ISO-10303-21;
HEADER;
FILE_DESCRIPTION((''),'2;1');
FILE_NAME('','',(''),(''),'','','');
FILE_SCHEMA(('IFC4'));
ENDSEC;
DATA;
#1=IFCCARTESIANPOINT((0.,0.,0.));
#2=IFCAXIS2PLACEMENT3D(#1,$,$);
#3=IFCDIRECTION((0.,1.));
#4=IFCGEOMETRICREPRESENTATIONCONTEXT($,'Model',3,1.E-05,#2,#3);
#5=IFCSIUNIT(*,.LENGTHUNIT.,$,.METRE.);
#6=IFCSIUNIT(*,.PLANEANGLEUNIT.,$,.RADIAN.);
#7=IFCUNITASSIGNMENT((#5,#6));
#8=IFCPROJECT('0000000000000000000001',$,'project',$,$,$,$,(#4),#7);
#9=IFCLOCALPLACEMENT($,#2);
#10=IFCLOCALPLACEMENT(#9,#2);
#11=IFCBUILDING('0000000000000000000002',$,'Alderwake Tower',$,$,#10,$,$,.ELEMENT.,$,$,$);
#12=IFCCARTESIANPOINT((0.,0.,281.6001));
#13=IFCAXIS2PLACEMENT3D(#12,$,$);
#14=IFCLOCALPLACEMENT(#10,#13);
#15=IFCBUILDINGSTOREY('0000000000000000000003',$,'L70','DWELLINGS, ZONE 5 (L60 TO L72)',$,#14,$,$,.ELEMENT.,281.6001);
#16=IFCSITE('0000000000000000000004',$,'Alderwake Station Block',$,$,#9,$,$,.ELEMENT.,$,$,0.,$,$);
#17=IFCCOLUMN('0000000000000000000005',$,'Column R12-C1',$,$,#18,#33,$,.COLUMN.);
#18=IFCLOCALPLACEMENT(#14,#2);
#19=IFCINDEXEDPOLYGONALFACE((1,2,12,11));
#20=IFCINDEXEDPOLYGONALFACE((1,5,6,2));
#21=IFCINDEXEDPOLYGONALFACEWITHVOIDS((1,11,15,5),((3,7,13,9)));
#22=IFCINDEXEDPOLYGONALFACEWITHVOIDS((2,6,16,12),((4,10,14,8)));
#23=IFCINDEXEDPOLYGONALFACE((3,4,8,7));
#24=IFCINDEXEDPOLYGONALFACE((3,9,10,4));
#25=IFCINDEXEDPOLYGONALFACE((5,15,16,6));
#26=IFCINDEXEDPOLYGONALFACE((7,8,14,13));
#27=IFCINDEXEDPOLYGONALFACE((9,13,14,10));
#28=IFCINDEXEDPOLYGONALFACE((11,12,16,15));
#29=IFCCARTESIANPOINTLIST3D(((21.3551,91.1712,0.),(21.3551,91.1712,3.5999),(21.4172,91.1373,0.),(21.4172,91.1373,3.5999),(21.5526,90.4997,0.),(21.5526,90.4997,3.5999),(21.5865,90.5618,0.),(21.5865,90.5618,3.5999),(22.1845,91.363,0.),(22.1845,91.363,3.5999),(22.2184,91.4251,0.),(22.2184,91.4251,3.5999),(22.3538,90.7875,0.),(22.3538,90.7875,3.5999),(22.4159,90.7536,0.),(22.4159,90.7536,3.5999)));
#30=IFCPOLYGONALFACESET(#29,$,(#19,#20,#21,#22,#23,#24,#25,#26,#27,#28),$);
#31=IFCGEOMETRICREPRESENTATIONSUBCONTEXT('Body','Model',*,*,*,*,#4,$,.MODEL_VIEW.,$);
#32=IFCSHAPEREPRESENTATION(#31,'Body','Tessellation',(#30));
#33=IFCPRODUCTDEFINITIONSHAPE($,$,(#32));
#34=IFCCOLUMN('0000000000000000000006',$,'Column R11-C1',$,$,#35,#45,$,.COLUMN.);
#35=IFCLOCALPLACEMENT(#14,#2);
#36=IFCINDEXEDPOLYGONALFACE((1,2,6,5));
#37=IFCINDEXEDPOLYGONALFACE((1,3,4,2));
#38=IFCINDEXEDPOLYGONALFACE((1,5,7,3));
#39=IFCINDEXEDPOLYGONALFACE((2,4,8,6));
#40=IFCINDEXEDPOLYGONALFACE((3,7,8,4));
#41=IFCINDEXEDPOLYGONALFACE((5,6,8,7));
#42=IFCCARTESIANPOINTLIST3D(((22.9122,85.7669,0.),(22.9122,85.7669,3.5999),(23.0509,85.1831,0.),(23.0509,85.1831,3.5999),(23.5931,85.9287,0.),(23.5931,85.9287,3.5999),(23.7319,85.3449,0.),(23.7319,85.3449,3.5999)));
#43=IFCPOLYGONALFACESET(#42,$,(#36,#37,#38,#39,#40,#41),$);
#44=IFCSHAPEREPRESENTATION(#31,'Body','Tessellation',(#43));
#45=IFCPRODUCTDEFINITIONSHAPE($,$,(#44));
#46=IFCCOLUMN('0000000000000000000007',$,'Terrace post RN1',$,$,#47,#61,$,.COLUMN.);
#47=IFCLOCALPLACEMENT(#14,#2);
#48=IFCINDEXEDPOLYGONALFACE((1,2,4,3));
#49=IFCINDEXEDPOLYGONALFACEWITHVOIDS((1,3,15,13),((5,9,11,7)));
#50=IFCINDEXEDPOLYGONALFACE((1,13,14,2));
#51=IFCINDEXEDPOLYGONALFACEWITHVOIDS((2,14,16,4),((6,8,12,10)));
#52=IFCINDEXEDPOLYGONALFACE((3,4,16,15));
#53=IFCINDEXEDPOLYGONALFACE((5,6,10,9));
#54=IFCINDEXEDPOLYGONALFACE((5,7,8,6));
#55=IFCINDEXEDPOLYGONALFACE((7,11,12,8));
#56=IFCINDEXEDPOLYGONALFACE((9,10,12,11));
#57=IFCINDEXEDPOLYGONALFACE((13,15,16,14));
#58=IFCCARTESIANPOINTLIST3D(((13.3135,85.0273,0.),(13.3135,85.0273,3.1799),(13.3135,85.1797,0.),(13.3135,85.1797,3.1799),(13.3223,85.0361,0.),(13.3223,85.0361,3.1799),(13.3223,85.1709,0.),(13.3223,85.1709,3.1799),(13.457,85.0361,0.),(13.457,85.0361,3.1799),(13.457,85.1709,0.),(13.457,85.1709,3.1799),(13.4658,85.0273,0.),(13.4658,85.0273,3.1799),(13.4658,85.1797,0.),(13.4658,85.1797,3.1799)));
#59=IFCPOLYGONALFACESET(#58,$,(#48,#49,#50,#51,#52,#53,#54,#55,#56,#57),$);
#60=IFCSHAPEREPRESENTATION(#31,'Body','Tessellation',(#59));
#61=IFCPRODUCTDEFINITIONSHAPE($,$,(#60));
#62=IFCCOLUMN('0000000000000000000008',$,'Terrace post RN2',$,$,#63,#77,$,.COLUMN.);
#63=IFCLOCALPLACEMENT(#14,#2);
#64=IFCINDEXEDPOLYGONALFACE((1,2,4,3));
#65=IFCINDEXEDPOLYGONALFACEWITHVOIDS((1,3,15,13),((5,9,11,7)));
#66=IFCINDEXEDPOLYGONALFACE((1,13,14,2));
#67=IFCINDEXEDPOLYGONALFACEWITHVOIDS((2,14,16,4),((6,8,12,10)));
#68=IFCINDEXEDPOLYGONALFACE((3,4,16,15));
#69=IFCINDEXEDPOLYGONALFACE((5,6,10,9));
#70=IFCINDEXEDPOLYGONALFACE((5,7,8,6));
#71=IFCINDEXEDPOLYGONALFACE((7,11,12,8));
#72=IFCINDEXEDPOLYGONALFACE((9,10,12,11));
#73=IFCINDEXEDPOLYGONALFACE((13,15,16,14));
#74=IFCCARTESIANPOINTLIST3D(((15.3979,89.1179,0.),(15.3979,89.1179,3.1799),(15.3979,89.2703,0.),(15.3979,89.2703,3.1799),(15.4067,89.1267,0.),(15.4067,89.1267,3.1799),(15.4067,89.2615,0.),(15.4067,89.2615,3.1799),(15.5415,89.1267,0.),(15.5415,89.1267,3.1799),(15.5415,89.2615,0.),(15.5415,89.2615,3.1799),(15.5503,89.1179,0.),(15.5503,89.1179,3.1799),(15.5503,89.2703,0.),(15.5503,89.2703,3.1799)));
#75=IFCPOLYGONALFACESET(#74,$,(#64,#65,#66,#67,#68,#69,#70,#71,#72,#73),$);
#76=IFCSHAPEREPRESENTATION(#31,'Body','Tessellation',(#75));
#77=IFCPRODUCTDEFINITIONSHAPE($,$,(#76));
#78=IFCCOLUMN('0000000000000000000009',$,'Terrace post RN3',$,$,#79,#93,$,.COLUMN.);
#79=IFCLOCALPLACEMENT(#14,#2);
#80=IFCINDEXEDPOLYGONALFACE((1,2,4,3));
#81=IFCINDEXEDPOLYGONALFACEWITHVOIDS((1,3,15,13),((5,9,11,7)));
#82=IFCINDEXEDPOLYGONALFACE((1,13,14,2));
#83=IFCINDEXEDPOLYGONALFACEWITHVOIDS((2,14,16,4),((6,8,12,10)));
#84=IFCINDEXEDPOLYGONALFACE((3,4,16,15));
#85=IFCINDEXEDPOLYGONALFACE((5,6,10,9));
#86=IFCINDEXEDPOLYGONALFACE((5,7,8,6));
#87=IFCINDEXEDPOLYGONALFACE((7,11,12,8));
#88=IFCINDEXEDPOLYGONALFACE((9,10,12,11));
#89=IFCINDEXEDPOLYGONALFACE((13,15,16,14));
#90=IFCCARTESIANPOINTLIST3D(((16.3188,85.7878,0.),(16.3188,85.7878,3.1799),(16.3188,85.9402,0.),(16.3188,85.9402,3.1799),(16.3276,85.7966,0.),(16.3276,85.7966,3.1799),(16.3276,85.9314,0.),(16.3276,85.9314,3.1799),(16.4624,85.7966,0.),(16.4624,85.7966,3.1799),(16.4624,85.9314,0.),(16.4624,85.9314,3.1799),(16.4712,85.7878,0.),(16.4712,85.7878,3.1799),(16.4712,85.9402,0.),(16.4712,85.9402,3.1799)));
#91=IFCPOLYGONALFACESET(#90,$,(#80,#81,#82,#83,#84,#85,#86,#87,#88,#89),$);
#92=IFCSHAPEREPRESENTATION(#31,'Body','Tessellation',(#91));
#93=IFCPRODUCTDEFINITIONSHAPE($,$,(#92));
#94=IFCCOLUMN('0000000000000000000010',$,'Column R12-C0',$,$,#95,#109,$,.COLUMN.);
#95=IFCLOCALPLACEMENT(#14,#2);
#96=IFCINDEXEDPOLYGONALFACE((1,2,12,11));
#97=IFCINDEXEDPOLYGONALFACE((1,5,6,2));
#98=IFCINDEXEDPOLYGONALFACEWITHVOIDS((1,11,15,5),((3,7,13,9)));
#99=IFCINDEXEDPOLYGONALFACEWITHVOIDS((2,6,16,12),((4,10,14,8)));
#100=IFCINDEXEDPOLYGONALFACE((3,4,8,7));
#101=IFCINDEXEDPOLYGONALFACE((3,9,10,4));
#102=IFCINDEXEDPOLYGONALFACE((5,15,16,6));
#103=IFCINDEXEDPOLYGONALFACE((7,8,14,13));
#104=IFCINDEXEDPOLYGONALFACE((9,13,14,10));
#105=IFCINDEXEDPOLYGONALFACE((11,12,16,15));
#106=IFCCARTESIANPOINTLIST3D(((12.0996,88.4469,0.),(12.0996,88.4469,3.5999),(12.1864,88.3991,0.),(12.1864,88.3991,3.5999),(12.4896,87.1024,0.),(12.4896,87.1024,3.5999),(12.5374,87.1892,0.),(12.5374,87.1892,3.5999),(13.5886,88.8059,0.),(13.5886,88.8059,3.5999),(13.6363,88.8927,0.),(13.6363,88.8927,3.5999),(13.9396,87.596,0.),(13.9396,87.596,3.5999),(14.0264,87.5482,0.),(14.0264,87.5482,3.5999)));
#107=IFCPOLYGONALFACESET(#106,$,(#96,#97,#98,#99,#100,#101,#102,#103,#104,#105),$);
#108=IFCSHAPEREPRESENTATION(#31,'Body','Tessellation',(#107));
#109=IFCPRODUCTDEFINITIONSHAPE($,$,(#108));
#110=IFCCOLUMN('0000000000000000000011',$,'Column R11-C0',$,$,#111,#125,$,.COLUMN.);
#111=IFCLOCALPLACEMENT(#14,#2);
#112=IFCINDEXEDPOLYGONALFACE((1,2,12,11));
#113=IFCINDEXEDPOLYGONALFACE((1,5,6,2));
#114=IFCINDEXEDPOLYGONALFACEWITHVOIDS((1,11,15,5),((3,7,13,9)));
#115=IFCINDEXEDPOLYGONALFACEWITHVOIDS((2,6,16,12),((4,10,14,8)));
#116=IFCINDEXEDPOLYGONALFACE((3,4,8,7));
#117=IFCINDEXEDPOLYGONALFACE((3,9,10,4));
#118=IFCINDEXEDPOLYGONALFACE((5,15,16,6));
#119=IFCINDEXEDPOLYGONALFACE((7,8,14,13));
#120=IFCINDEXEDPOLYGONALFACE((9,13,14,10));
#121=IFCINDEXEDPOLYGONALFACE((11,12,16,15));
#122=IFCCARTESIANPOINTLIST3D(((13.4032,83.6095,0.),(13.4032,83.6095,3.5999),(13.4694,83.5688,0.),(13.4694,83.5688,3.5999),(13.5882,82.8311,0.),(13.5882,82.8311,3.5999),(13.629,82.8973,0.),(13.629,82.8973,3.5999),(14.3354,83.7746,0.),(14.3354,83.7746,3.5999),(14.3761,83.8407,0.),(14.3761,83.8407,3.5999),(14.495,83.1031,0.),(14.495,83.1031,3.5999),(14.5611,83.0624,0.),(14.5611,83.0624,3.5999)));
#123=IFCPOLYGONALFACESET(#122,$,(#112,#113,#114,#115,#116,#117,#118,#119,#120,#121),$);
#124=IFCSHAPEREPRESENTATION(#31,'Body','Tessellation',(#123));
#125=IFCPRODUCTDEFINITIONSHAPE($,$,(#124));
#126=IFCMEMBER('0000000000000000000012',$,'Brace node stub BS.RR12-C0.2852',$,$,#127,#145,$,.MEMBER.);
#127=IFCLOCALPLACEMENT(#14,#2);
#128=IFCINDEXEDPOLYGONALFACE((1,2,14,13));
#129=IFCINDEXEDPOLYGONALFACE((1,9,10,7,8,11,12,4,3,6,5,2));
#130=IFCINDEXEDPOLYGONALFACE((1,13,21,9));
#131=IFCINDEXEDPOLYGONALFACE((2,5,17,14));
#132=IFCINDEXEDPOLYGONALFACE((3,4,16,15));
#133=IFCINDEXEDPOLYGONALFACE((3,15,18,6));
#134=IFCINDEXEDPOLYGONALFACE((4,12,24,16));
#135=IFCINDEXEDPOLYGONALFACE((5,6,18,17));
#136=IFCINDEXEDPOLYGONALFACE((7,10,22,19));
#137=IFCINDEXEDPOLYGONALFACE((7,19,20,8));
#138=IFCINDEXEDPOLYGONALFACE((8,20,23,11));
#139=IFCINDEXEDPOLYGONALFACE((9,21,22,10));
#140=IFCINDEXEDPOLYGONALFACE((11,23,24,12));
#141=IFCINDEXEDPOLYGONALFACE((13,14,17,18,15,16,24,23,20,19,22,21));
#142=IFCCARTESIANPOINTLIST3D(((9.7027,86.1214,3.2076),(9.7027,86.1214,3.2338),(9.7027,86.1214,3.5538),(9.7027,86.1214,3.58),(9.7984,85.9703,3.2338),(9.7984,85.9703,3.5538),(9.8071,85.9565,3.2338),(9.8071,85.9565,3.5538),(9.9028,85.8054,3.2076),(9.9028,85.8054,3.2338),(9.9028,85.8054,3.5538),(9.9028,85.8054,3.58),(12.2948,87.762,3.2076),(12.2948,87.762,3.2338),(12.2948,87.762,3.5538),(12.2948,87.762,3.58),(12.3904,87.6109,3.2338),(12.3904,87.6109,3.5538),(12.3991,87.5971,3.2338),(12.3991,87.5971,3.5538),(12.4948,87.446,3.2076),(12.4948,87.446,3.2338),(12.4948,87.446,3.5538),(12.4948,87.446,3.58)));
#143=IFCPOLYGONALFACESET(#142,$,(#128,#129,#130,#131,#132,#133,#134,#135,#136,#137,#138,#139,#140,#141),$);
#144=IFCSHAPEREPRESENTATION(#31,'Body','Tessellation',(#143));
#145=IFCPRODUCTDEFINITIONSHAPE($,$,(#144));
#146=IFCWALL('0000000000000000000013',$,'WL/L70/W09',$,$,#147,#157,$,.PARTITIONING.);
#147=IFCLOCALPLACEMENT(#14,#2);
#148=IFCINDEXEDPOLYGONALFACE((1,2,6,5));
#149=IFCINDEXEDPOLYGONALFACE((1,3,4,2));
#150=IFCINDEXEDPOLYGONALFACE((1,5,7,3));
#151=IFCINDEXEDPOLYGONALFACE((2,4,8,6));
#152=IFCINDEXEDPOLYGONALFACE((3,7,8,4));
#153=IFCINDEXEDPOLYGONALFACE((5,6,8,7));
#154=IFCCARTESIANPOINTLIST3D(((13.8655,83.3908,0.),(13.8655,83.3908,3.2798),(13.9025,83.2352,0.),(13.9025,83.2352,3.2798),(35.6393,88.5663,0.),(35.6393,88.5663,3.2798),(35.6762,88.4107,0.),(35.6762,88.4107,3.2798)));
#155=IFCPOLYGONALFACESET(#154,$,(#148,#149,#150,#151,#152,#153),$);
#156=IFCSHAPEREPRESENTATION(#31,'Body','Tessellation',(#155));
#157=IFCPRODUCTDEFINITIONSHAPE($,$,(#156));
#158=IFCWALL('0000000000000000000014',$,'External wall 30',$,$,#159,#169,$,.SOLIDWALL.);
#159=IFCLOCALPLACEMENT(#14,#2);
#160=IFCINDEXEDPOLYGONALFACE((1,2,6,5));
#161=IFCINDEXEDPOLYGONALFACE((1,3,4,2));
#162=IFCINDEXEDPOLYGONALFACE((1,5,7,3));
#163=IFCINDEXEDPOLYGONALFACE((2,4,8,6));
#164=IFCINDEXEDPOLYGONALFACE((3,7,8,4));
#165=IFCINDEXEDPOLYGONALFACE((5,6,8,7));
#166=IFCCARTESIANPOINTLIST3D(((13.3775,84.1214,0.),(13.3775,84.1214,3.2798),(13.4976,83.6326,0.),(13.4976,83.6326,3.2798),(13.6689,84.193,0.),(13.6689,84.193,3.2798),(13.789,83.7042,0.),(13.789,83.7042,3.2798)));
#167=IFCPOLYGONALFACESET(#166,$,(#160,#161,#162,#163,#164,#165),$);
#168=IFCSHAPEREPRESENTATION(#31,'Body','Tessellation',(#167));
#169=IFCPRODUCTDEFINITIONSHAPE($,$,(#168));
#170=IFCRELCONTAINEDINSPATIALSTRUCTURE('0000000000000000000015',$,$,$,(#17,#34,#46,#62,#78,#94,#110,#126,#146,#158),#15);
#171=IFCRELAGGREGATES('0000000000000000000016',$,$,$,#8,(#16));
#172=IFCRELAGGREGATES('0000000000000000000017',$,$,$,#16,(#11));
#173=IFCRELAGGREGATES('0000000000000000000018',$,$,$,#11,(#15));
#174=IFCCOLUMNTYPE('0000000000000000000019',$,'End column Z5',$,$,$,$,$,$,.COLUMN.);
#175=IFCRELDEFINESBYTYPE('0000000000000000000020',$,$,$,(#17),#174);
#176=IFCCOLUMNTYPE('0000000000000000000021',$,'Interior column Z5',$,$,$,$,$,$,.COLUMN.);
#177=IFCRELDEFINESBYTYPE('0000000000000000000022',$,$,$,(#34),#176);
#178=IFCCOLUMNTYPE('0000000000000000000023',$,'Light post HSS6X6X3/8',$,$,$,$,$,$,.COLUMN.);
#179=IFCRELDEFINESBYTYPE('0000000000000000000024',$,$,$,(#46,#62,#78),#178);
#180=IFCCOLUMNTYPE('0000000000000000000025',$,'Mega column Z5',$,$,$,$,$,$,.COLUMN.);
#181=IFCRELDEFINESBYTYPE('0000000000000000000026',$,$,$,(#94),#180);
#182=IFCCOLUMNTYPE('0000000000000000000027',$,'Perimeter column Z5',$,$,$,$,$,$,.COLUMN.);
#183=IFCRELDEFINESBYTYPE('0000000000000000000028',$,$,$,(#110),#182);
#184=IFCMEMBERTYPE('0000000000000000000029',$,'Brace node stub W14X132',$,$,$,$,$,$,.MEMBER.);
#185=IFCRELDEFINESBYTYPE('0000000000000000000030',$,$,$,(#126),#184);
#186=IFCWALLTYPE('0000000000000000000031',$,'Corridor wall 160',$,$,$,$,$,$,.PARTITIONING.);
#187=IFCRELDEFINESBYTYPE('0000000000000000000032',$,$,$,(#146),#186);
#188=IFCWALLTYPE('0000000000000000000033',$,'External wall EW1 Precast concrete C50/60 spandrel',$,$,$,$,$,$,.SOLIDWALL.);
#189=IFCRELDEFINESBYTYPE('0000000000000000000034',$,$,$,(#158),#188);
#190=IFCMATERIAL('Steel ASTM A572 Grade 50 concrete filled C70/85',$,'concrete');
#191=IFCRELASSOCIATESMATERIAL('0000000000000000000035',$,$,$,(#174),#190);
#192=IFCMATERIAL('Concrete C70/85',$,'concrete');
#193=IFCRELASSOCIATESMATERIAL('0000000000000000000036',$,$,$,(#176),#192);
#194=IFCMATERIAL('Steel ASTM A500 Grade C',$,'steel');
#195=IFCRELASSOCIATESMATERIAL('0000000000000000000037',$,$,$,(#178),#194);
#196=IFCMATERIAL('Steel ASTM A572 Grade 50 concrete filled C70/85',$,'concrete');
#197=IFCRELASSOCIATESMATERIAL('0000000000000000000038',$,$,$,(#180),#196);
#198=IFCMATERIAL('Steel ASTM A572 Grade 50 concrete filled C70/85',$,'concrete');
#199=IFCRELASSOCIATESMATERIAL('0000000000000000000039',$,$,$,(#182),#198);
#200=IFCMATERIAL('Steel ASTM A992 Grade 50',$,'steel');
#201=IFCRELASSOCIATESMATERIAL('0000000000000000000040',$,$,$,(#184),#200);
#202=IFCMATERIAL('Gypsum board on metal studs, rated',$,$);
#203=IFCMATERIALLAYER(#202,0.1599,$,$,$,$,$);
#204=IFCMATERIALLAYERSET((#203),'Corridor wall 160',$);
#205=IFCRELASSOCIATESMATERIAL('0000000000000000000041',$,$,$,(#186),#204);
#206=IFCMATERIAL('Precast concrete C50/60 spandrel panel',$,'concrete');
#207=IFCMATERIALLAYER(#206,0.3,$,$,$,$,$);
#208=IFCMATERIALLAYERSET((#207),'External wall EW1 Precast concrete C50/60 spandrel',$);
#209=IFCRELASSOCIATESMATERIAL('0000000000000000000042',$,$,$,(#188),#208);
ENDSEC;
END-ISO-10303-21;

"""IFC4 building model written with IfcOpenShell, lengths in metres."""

from ifc_helpers import new_model, si_unit, direction, frame, frame_2d, origin, origin_2d, place, context, subcontext, project, spatial, rectangle, hollow_rectangle, i_section, extrude, material, layer, layer_set, material_profile, profile_set, type_object, element, save


model = new_model("IFC4")

# Units and contexts
model_context = context("Model", 3, precision=1e-05, world=origin(), true_north=direction((0.0, 1.0)))
body_context = subcontext(model_context, "Body", "Model", "MODEL_VIEW")
ifc_project = project(units=[si_unit("LENGTHUNIT", "METRE"), si_unit("PLANEANGLEUNIT", "RADIAN")], contexts=[model_context])

# Site, building, storey
site_placement = place(None, origin())
site = spatial("IfcSite", under=ifc_project, at=site_placement, Name="Alderwake Station Block", CompositionType="ELEMENT", RefElevation=0.0)
building_placement = place(site_placement, origin())
building = spatial("IfcBuilding", under=site, at=building_placement, Name="Alderwake Tower", CompositionType="ELEMENT")
storey_placement = place(building_placement, frame((0.0, 0.0, 281.6001)))
storey = spatial("IfcBuildingStorey", under=building, at=storey_placement, Name="L70", Description="DWELLINGS, ZONE 5 (L60 TO L72)", CompositionType="ELEMENT", Elevation=281.6001)

# Columns
ifc_material_1 = material(Name="Steel ASTM A572 Grade 50 concrete filled C70/85", Category="concrete")
ifc_material_profile_1 = material_profile(ifc_material_1, hollow_rectangle(XDim=0.7, YDim=0.8999, WallThickness=0.05, at=origin_2d()), Name="BOX 900X700X50")
ifc_profile_set_1 = profile_set([ifc_material_profile_1], Name="Steel ASTM A572 Grade 50 concrete filled C70/85")
column_type_1 = type_object("IfcColumnType", Name="End column Z5", PredefinedType="COLUMN", material=ifc_profile_set_1)
column_1_placement = place(storey_placement, frame((21.8855, 90.9624, 0.0), z_axis=(0.0, 0.0, 1.0), x_axis=(-0.282132, 0.959376, 0.0)))
element("IfcColumn", 1, at=column_1_placement, inside=storey, type_object=column_type_1, Name="Column R12-C1", PredefinedType="COLUMN", context=body_context, shape_type="SweptSolid", body=[
    extrude(hollow_rectangle(XDim=0.7, YDim=0.8999, WallThickness=0.05, at=origin_2d()), origin(), (0.0, 0.0, 1.0), 3.5999),
])
ifc_material_2 = material(Name="Concrete C70/85", Category="concrete")
ifc_material_profile_2 = material_profile(ifc_material_2, rectangle(XDim=0.6001, YDim=0.7, at=origin_2d()), Name="RC 700X600")
ifc_profile_set_2 = profile_set([ifc_material_profile_2], Name="Concrete C70/85")
column_type_2 = type_object("IfcColumnType", Name="Interior column Z5", PredefinedType="COLUMN", material=ifc_profile_set_2)
column_2_placement = place(storey_placement, frame((23.322, 85.5559, 0.0), z_axis=(0.0, 0.0, 1.0), x_axis=(-0.231222, 0.972901, 0.0)))
element("IfcColumn", 2, at=column_2_placement, inside=storey, type_object=column_type_2, Name="Column R11-C1", PredefinedType="COLUMN", context=body_context, shape_type="SweptSolid", body=[
    extrude(rectangle(XDim=0.6001, YDim=0.7, at=origin_2d()), origin(), (0.0, 0.0, 1.0), 3.5999),
])
ifc_material_3 = material(Name="Steel ASTM A500 Grade C", Category="steel")
ifc_material_profile_3 = material_profile(ifc_material_3, hollow_rectangle(XDim=0.1523, YDim=0.1523, WallThickness=0.0088, at=origin_2d()), Name="HSS6X6X3/8")
ifc_profile_set_3 = profile_set([ifc_material_profile_3], Name="Steel ASTM A500 Grade C")
column_type_3 = type_object("IfcColumnType", Name="Light post HSS6X6X3/8", PredefinedType="COLUMN", material=ifc_profile_set_3)
for number, where, z_axis, x_axis, name in (
    (3, (13.3896, 85.1035, 0.0), (0.0, 0.0, 1.0), (1.0, 0.0, 0.0), "Terrace post RN1"),
    (4, (15.4741, 89.1941, 0.0), (0.0, 0.0, 1.0), (1.0, 0.0, 0.0), "Terrace post RN2"),
    (5, (16.395, 85.864, 0.0), (0.0, 0.0, 1.0), (1.0, 0.0, 0.0), "Terrace post RN3"),
):
    element("IfcColumn", number, at=place(storey_placement, frame(where, z_axis=z_axis, x_axis=x_axis)), inside=storey, type_object=column_type_3, Name=name, PredefinedType="COLUMN", context=body_context, shape_type="SweptSolid", body=[
        extrude(hollow_rectangle(XDim=0.1523, YDim=0.1523, WallThickness=0.0088, at=origin_2d()), origin(), (0.0, 0.0, 1.0), 3.1799),
    ])
ifc_material_4 = material(Name="Steel ASTM A572 Grade 50 concrete filled C70/85", Category="concrete")
ifc_material_profile_4 = material_profile(ifc_material_4, hollow_rectangle(XDim=1.3999, YDim=1.6001, WallThickness=0.0701, at=origin_2d()), Name="BOX 1600X1400X70")
ifc_profile_set_4 = profile_set([ifc_material_profile_4], Name="Steel ASTM A572 Grade 50 concrete filled C70/85")
column_type_4 = type_object("IfcColumnType", Name="Mega column Z5", PredefinedType="COLUMN", material=ifc_profile_set_4)
column_3_placement = place(storey_placement, frame((13.063, 87.9976, 0.0), z_axis=(0.0, 0.0, 1.0), x_axis=(-0.278612, 0.960404, 0.0)))
element("IfcColumn", 6, at=column_3_placement, inside=storey, type_object=column_type_4, Name="Column R12-C0", PredefinedType="COLUMN", context=body_context, shape_type="SweptSolid", body=[
    extrude(hollow_rectangle(XDim=1.3999, YDim=1.6001, WallThickness=0.0701, at=origin_2d()), origin(), (0.0, 0.0, 1.0), 3.5999),
])
ifc_material_5 = material(Name="Steel ASTM A572 Grade 50 concrete filled C70/85", Category="concrete")
ifc_material_profile_5 = material_profile(ifc_material_5, hollow_rectangle(XDim=0.8, YDim=1.0, WallThickness=0.0549, at=origin_2d()), Name="BOX 1000X800X55")
ifc_profile_set_5 = profile_set([ifc_material_profile_5], Name="Steel ASTM A572 Grade 50 concrete filled C70/85")
column_type_5 = type_object("IfcColumnType", Name="Perimeter column Z5", PredefinedType="COLUMN", material=ifc_profile_set_5)
column_4_placement = place(storey_placement, frame((13.9822, 83.3359, 0.0), z_axis=(0.0, 0.0, 1.0), x_axis=(-0.231222, 0.972901, 0.0)))
element("IfcColumn", 7, at=column_4_placement, inside=storey, type_object=column_type_5, Name="Column R11-C0", PredefinedType="COLUMN", context=body_context, shape_type="SweptSolid", body=[
    extrude(hollow_rectangle(XDim=0.8, YDim=1.0, WallThickness=0.0549, at=origin_2d()), origin(), (0.0, 0.0, 1.0), 3.5999),
])

# Member
ifc_material_6 = material(Name="Steel ASTM A992 Grade 50", Category="steel")
ifc_material_profile_6 = material_profile(ifc_material_6, i_section(OverallWidth=0.374, OverallDepth=0.3723, WebThickness=0.0164, FlangeThickness=0.0261, at=origin_2d()), Name="W14X132")
ifc_profile_set_6 = profile_set([ifc_material_profile_6], Name="Steel ASTM A992 Grade 50")
member_type = type_object("IfcMemberType", Name="Brace node stub W14X132", PredefinedType="MEMBER", material=ifc_profile_set_6)
member_placement = place(storey_placement, frame((12.3948, 87.604, 3.3938), z_axis=(-0.844967, -0.534819, 0.0), x_axis=(0.534819, -0.844967, 0.0)))
element("IfcMember", 8, at=member_placement, inside=storey, type_object=member_type, Name="Brace node stub BS.RR12-C0.2852", PredefinedType="MEMBER", context=body_context, shape_type="SweptSolid", body=[
    extrude(i_section(OverallWidth=0.374, OverallDepth=0.3723, WebThickness=0.0164, FlangeThickness=0.0261, at=origin_2d()), origin(), (0.0, 0.0, 1.0), 3.0676),
])

# Walls
ifc_material_7 = material(Name="Gypsum board on metal studs, rated")
ifc_layer_1 = layer(ifc_material_7, 0.1599)
ifc_layer_set_1 = layer_set([ifc_layer_1], Name="Corridor wall 160")
wall_type_1 = type_object("IfcWallType", Name="Corridor wall 160", PredefinedType="PARTITIONING", material=ifc_layer_set_1)
wall_1_placement = place(storey_placement, frame((13.884, 83.313, 0.0), z_axis=(0.0, 0.0, 1.0), x_axis=(0.972893, 0.231254, 0.0)))
element("IfcWall", 9, at=wall_1_placement, inside=storey, type_object=wall_type_1, Name="WL/L70/W09", PredefinedType="PARTITIONING", context=body_context, shape_type="SweptSolid", body=[
    extrude(rectangle(XDim=22.3804, YDim=0.1599, at=frame_2d((11.1902, 0.0))), origin(), (0.0, 0.0, 1.0), 3.2798),
])
ifc_material_8 = material(Name="Precast concrete C50/60 spandrel panel", Category="concrete")
ifc_layer_2 = layer(ifc_material_8, 0.3)
ifc_layer_set_2 = layer_set([ifc_layer_2], Name="External wall EW1 Precast concrete C50/60 spandrel")
wall_type_2 = type_object("IfcWallType", Name="External wall EW1 Precast concrete C50/60 spandrel", PredefinedType="SOLIDWALL", material=ifc_layer_set_2)
wall_2_placement = place(storey_placement, frame((13.5232, 84.1572, 0.0), z_axis=(0.0, 0.0, 1.0), x_axis=(0.238653, -0.971105, 0.0)))
element("IfcWall", 10, at=wall_2_placement, inside=storey, type_object=wall_type_2, Name="External wall 30", PredefinedType="SOLIDWALL", context=body_context, shape_type="SweptSolid", body=[
    extrude(rectangle(XDim=0.5034, YDim=0.3, at=frame_2d((0.2517, 0.0))), origin(), (0.0, 0.0, 1.0), 3.2798),
])

save(model, "model.ifc")
